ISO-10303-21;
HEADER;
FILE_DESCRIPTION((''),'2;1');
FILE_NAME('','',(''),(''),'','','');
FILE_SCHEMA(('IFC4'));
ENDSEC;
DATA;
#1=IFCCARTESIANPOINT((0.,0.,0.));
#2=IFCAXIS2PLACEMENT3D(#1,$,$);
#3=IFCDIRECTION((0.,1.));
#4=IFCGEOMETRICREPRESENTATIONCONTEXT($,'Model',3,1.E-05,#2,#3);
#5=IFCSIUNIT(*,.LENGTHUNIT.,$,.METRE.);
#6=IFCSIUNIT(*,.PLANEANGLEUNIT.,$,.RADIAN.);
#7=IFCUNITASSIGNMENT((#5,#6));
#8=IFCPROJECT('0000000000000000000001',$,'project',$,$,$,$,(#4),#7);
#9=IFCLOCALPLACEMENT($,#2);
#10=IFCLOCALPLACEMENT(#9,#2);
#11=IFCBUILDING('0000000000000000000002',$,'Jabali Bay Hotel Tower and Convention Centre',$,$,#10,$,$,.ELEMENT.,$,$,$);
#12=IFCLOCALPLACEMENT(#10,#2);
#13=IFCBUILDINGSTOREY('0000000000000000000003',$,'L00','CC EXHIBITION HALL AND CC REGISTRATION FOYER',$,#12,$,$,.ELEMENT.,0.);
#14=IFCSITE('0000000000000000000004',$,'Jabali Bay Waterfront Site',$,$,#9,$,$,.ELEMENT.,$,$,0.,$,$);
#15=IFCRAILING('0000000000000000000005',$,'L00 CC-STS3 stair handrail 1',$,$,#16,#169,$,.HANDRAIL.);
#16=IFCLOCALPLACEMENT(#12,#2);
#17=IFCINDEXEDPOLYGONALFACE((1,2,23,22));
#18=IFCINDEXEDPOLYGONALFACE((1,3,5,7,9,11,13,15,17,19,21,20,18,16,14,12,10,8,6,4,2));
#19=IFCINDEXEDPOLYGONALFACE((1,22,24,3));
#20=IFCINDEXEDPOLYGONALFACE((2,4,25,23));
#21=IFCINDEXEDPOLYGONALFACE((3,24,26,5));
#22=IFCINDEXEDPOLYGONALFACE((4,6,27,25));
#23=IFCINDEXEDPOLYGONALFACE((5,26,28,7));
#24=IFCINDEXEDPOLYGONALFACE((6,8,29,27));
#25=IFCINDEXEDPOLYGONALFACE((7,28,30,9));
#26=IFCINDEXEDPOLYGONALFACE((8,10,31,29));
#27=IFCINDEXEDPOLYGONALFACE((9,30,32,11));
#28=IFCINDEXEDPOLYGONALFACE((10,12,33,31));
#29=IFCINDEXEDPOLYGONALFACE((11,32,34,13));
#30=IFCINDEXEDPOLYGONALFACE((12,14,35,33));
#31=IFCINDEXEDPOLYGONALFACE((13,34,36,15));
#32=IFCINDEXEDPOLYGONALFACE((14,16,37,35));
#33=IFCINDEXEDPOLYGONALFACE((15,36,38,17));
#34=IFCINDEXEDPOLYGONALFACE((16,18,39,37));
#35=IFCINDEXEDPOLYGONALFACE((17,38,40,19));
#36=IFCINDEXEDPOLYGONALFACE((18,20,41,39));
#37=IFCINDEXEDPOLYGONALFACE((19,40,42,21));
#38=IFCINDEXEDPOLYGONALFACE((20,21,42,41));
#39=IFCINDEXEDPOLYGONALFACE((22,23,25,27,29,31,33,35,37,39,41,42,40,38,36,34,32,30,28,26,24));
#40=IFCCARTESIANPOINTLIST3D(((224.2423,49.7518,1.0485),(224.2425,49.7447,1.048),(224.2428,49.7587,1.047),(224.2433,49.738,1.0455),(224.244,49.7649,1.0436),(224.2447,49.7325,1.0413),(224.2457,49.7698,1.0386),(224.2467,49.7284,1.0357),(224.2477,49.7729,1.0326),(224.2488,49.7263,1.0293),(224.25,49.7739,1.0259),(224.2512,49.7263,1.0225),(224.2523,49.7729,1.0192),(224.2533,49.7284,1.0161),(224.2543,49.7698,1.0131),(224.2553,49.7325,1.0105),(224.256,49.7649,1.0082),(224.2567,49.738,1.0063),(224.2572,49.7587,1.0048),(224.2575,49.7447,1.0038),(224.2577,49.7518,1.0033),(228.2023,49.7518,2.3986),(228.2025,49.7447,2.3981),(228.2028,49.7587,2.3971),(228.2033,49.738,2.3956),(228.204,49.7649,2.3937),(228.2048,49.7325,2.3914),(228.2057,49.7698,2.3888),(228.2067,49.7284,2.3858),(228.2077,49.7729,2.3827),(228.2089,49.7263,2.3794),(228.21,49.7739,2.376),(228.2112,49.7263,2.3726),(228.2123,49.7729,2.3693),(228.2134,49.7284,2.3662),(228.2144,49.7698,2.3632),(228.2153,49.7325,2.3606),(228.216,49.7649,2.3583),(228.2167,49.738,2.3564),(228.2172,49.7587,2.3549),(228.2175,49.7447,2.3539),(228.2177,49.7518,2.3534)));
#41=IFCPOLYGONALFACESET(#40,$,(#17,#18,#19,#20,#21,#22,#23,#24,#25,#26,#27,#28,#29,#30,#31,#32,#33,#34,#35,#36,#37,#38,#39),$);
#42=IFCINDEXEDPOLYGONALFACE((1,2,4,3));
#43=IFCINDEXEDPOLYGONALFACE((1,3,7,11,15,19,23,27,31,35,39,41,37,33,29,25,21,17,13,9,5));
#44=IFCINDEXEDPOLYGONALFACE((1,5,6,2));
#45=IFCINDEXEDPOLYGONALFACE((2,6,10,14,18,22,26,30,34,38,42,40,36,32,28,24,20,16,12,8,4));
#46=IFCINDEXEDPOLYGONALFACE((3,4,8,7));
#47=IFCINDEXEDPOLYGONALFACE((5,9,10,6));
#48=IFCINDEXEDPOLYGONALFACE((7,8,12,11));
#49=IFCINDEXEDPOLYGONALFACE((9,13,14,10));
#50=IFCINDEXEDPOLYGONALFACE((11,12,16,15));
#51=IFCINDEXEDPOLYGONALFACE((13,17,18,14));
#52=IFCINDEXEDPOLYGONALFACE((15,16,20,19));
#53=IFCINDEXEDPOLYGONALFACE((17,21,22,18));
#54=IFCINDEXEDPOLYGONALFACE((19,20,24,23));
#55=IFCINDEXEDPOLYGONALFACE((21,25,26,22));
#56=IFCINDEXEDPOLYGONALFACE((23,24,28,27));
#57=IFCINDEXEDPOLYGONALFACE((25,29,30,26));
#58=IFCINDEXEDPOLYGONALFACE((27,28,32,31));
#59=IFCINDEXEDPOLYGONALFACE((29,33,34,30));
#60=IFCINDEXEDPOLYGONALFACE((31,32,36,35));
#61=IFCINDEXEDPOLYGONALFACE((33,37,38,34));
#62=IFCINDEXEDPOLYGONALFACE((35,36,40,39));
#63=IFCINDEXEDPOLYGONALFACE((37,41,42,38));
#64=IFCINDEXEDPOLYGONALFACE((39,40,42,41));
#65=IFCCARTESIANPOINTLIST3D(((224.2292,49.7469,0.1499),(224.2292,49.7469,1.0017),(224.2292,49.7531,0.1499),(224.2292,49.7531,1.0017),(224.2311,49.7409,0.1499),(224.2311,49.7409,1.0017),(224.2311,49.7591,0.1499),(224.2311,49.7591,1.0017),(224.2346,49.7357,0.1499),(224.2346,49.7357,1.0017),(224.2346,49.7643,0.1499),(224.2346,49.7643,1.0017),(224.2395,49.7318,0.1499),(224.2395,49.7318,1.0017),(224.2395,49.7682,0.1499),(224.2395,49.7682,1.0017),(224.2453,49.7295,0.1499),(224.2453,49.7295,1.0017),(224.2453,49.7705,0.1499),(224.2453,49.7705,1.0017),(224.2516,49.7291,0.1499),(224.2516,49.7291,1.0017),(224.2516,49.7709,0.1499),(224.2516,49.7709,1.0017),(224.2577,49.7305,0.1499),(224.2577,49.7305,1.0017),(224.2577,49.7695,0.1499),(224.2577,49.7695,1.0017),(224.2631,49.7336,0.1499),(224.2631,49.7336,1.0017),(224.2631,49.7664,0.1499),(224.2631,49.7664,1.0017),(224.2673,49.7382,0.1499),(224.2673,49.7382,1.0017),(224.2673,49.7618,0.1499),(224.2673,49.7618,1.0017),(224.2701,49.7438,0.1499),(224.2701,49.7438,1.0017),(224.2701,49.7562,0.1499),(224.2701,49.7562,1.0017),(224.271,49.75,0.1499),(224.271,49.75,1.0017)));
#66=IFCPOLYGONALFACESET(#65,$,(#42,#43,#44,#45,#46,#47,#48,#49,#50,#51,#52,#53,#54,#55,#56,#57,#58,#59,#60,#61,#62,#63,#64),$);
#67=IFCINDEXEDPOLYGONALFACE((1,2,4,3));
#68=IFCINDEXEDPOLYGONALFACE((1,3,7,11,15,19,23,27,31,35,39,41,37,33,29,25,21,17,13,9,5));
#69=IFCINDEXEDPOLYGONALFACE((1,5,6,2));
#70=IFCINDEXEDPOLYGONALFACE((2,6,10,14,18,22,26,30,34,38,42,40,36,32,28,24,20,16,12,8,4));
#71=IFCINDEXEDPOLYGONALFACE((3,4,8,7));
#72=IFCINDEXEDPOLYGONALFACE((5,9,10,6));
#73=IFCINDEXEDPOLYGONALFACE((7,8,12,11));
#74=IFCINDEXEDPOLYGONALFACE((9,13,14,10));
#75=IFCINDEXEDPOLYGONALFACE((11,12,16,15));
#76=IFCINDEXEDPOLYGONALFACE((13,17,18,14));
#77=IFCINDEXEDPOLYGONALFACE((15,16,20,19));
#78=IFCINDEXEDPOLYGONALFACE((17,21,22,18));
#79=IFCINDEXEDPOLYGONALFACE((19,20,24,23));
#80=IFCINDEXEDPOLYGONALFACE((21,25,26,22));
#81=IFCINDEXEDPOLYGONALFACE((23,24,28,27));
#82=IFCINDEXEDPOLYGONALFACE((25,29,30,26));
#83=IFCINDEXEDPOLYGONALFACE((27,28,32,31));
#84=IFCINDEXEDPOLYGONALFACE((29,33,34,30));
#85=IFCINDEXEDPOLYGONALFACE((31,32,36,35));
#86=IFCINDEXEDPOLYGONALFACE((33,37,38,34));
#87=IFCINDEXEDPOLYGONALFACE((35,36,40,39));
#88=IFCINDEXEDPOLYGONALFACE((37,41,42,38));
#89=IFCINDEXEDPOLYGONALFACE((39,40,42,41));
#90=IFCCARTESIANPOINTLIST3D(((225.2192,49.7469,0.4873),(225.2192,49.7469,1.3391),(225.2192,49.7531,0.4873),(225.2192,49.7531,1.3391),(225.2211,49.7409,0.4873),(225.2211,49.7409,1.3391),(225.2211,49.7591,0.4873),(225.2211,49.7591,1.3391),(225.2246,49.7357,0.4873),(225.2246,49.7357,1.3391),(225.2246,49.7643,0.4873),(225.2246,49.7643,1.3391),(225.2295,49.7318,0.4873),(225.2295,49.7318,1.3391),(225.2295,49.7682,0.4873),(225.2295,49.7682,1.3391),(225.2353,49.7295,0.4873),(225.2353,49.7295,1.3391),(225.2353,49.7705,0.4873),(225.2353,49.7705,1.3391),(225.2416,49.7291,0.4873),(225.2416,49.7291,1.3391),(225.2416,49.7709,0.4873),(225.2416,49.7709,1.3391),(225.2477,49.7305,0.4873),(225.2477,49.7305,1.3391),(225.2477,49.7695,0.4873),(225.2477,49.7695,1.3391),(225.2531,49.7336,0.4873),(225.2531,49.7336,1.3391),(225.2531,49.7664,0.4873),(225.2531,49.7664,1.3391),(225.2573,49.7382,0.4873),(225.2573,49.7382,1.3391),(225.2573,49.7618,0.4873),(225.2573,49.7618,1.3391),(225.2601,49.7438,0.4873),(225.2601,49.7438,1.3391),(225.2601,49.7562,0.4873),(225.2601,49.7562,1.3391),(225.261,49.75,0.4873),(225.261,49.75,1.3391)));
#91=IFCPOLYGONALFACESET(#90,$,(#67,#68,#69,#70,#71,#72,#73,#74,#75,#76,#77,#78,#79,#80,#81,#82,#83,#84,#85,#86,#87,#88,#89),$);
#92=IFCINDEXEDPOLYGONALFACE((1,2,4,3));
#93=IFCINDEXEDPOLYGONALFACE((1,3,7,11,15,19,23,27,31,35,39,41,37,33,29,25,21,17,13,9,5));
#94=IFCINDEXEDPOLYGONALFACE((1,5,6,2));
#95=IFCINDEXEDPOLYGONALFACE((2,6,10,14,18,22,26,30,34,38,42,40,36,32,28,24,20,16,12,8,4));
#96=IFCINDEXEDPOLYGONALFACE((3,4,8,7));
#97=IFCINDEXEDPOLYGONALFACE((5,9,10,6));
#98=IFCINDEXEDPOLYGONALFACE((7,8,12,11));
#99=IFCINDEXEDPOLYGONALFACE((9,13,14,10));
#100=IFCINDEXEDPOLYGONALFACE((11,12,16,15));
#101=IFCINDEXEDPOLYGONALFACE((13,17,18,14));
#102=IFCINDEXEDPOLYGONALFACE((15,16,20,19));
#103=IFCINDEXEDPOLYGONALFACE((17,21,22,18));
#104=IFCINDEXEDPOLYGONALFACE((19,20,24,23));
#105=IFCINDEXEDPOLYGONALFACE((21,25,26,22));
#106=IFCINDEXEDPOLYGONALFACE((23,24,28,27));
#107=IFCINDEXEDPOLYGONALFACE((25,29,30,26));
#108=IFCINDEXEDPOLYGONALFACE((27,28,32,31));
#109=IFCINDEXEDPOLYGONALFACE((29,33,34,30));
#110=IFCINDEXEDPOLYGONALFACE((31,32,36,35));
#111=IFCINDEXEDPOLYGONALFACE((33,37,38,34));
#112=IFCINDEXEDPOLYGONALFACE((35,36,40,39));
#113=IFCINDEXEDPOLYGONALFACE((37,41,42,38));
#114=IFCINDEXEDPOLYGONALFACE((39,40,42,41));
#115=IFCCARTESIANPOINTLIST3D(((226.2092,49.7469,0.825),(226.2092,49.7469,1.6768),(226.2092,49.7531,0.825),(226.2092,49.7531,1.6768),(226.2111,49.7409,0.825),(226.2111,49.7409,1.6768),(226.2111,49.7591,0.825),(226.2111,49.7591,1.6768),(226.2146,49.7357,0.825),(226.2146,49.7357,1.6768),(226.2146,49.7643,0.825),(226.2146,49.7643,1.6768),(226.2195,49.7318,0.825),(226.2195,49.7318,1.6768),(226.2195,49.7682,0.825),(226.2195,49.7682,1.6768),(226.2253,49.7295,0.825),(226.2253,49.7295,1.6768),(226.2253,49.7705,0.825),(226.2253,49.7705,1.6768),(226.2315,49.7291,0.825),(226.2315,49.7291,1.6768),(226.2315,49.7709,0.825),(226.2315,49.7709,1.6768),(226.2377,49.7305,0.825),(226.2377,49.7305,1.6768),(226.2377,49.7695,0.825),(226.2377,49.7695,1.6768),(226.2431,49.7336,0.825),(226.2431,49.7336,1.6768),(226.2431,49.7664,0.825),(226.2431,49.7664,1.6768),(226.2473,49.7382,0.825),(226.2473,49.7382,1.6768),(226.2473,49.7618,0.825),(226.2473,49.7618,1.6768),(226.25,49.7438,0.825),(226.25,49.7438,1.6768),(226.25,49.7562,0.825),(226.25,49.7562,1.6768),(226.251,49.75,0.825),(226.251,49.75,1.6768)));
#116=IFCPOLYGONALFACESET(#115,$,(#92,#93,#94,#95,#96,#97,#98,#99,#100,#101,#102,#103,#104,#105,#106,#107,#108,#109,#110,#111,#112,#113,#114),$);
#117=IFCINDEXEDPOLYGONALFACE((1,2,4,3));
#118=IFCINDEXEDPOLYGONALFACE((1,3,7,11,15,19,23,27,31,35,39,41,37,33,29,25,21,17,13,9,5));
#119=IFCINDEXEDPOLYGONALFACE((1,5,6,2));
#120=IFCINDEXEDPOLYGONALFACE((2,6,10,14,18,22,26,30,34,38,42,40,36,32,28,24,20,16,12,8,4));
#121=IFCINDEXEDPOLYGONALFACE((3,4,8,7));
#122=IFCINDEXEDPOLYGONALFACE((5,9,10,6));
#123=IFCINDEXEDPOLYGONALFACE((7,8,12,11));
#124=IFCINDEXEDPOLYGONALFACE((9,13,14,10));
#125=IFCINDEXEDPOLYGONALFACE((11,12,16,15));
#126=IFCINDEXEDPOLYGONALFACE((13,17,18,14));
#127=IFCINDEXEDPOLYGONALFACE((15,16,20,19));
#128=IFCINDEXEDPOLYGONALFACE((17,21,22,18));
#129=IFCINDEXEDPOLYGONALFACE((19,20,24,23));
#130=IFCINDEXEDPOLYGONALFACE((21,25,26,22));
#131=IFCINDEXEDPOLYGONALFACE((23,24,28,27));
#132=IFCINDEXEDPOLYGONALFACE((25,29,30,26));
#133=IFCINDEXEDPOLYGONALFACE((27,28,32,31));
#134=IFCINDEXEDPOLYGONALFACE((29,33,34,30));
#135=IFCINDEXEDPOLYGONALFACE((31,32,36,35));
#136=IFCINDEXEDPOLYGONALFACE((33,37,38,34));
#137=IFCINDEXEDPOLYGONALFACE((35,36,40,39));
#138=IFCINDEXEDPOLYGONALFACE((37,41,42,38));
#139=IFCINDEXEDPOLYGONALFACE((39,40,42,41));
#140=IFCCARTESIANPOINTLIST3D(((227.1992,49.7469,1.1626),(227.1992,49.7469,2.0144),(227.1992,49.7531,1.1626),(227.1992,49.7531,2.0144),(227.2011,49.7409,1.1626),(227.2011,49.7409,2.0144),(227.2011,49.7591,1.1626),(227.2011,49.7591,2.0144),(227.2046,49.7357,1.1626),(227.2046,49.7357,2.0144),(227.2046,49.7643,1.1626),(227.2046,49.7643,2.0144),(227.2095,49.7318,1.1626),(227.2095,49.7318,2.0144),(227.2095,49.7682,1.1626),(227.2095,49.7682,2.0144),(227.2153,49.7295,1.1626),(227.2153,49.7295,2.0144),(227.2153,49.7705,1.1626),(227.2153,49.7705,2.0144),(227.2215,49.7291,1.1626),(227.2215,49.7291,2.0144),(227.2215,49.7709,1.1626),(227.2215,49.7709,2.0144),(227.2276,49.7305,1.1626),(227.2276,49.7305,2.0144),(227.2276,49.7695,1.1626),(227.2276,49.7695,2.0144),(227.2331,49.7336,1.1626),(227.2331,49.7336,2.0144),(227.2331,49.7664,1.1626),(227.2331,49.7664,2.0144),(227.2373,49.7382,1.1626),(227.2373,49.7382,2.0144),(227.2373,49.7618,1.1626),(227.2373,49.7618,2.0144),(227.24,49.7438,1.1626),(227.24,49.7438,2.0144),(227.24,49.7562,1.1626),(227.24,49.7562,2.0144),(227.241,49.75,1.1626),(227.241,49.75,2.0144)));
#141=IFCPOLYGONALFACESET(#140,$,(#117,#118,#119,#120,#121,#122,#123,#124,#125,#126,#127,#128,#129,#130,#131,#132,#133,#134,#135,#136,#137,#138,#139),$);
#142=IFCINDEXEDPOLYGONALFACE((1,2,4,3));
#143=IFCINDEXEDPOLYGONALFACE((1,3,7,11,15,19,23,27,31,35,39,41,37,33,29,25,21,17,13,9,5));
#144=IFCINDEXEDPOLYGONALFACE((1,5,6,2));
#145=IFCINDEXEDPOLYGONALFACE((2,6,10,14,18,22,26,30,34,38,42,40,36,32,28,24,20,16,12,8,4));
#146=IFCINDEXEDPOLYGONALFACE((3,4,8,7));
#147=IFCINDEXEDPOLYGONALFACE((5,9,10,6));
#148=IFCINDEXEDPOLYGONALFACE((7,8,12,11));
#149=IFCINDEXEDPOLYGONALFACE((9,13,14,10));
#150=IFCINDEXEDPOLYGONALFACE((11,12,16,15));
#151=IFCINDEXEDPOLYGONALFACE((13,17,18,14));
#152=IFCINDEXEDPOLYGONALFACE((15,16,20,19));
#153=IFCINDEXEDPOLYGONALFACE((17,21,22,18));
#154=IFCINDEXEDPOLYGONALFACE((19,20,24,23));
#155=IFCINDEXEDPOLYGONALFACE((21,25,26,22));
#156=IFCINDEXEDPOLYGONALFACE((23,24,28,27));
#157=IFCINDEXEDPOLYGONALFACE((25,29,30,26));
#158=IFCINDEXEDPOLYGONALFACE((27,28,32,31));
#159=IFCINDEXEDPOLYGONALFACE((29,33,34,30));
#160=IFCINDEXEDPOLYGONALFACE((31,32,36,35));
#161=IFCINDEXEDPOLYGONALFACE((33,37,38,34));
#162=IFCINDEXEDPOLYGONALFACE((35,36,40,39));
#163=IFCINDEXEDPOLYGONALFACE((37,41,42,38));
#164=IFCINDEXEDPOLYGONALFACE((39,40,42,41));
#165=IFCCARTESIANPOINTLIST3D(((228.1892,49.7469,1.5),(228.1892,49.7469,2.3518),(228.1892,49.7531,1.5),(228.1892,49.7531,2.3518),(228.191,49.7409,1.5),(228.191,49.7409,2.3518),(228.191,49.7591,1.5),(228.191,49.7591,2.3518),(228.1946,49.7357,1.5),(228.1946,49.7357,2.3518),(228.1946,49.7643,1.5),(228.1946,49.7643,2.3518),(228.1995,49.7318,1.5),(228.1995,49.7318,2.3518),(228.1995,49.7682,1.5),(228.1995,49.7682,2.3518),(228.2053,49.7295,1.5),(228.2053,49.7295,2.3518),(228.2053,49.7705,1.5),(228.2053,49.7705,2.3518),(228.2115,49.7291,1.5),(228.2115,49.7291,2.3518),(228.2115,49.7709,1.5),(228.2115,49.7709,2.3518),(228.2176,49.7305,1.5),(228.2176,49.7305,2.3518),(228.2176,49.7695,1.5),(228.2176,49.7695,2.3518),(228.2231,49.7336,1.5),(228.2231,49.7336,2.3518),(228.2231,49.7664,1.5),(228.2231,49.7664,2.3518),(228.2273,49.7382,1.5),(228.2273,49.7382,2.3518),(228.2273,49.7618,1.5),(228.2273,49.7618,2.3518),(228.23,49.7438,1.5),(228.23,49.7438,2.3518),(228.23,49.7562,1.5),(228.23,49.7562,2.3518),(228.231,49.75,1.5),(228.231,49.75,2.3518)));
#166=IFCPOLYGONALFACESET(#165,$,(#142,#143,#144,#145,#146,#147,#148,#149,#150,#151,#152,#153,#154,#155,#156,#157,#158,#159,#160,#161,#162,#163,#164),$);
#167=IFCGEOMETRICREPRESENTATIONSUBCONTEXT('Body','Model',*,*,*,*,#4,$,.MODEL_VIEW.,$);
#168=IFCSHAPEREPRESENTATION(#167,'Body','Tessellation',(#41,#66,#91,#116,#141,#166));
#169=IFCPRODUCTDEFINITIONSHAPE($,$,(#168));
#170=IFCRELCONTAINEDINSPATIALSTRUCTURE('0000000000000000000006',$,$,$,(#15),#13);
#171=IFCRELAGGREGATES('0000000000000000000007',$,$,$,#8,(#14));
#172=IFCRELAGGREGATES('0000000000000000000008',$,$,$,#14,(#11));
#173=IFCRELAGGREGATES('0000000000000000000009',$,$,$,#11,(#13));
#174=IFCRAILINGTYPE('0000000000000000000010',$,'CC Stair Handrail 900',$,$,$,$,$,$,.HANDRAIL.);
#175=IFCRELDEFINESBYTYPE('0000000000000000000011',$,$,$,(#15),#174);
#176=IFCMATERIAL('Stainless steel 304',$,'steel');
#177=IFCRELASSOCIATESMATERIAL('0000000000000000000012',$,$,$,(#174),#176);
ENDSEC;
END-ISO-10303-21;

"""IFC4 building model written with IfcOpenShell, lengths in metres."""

from ifc_helpers import new_model, si_unit, direction, frame, origin, origin_2d, place, context, subcontext, project, spatial, circle, extrude, material, type_object, element, save


model = new_model("IFC4")

# Units and contexts
model_context = context("Model", 3, precision=1e-05, world=origin(), true_north=direction((0.0, 1.0)))
body_context = subcontext(model_context, "Body", "Model", "MODEL_VIEW")
ifc_project = project(units=[si_unit("LENGTHUNIT", "METRE"), si_unit("PLANEANGLEUNIT", "RADIAN")], contexts=[model_context])

# Site, building, storey
site_placement = place(None, origin())
site = spatial("IfcSite", under=ifc_project, at=site_placement, Name="Jabali Bay Waterfront Site", CompositionType="ELEMENT", RefElevation=0.0)
building_placement = place(site_placement, origin())
building = spatial("IfcBuilding", under=site, at=building_placement, Name="Jabali Bay Hotel Tower and Convention Centre", CompositionType="ELEMENT")
storey_placement = place(building_placement, origin())
storey = spatial("IfcBuildingStorey", under=building, at=storey_placement, Name="L00", Description="CC EXHIBITION HALL AND CC REGISTRATION FOYER", CompositionType="ELEMENT", Elevation=0.0)

# Railing
ifc_material_1 = material(Name="Stainless steel 304", Category="steel")
railing_type_1 = type_object("IfcRailingType", Name="CC Stair Handrail 900", PredefinedType="HANDRAIL", material=ifc_material_1)
railing_1_placement = place(storey_placement, frame((224.25, 49.75, 0.1499)))
element("IfcRailing", 1, at=railing_1_placement, inside=storey, type_object=railing_type_1, Name="L00 CC-STS3 stair handrail 1", PredefinedType="HANDRAIL", context=body_context, shape_type="SweptSolid", body=[
    extrude(circle(Radius=0.0239, at=origin_2d()), frame((0.0, 0.0, 0.876), z_axis=(0.946502, 0.0, 0.322698), x_axis=(0.0, 1.0, 0.0)), (0.0, 0.0, 1.0), 4.1838),
    extrude(circle(Radius=0.021, at=origin_2d()), origin(), (0.0, 0.0, 1.0), 0.8518),
    extrude(circle(Radius=0.021, at=origin_2d()), frame((0.99, 0.0, 0.3374)), (0.0, 0.0, 1.0), 0.8518),
    extrude(circle(Radius=0.021, at=origin_2d()), frame((1.98, 0.0, 0.675)), (0.0, 0.0, 1.0), 0.8518),
    extrude(circle(Radius=0.021, at=origin_2d()), frame((2.97, 0.0, 1.0127)), (0.0, 0.0, 1.0), 0.8518),
    extrude(circle(Radius=0.021, at=origin_2d()), frame((3.96, 0.0, 1.3501)), (0.0, 0.0, 1.0), 0.8518),
])

save(model, "model.ifc")
